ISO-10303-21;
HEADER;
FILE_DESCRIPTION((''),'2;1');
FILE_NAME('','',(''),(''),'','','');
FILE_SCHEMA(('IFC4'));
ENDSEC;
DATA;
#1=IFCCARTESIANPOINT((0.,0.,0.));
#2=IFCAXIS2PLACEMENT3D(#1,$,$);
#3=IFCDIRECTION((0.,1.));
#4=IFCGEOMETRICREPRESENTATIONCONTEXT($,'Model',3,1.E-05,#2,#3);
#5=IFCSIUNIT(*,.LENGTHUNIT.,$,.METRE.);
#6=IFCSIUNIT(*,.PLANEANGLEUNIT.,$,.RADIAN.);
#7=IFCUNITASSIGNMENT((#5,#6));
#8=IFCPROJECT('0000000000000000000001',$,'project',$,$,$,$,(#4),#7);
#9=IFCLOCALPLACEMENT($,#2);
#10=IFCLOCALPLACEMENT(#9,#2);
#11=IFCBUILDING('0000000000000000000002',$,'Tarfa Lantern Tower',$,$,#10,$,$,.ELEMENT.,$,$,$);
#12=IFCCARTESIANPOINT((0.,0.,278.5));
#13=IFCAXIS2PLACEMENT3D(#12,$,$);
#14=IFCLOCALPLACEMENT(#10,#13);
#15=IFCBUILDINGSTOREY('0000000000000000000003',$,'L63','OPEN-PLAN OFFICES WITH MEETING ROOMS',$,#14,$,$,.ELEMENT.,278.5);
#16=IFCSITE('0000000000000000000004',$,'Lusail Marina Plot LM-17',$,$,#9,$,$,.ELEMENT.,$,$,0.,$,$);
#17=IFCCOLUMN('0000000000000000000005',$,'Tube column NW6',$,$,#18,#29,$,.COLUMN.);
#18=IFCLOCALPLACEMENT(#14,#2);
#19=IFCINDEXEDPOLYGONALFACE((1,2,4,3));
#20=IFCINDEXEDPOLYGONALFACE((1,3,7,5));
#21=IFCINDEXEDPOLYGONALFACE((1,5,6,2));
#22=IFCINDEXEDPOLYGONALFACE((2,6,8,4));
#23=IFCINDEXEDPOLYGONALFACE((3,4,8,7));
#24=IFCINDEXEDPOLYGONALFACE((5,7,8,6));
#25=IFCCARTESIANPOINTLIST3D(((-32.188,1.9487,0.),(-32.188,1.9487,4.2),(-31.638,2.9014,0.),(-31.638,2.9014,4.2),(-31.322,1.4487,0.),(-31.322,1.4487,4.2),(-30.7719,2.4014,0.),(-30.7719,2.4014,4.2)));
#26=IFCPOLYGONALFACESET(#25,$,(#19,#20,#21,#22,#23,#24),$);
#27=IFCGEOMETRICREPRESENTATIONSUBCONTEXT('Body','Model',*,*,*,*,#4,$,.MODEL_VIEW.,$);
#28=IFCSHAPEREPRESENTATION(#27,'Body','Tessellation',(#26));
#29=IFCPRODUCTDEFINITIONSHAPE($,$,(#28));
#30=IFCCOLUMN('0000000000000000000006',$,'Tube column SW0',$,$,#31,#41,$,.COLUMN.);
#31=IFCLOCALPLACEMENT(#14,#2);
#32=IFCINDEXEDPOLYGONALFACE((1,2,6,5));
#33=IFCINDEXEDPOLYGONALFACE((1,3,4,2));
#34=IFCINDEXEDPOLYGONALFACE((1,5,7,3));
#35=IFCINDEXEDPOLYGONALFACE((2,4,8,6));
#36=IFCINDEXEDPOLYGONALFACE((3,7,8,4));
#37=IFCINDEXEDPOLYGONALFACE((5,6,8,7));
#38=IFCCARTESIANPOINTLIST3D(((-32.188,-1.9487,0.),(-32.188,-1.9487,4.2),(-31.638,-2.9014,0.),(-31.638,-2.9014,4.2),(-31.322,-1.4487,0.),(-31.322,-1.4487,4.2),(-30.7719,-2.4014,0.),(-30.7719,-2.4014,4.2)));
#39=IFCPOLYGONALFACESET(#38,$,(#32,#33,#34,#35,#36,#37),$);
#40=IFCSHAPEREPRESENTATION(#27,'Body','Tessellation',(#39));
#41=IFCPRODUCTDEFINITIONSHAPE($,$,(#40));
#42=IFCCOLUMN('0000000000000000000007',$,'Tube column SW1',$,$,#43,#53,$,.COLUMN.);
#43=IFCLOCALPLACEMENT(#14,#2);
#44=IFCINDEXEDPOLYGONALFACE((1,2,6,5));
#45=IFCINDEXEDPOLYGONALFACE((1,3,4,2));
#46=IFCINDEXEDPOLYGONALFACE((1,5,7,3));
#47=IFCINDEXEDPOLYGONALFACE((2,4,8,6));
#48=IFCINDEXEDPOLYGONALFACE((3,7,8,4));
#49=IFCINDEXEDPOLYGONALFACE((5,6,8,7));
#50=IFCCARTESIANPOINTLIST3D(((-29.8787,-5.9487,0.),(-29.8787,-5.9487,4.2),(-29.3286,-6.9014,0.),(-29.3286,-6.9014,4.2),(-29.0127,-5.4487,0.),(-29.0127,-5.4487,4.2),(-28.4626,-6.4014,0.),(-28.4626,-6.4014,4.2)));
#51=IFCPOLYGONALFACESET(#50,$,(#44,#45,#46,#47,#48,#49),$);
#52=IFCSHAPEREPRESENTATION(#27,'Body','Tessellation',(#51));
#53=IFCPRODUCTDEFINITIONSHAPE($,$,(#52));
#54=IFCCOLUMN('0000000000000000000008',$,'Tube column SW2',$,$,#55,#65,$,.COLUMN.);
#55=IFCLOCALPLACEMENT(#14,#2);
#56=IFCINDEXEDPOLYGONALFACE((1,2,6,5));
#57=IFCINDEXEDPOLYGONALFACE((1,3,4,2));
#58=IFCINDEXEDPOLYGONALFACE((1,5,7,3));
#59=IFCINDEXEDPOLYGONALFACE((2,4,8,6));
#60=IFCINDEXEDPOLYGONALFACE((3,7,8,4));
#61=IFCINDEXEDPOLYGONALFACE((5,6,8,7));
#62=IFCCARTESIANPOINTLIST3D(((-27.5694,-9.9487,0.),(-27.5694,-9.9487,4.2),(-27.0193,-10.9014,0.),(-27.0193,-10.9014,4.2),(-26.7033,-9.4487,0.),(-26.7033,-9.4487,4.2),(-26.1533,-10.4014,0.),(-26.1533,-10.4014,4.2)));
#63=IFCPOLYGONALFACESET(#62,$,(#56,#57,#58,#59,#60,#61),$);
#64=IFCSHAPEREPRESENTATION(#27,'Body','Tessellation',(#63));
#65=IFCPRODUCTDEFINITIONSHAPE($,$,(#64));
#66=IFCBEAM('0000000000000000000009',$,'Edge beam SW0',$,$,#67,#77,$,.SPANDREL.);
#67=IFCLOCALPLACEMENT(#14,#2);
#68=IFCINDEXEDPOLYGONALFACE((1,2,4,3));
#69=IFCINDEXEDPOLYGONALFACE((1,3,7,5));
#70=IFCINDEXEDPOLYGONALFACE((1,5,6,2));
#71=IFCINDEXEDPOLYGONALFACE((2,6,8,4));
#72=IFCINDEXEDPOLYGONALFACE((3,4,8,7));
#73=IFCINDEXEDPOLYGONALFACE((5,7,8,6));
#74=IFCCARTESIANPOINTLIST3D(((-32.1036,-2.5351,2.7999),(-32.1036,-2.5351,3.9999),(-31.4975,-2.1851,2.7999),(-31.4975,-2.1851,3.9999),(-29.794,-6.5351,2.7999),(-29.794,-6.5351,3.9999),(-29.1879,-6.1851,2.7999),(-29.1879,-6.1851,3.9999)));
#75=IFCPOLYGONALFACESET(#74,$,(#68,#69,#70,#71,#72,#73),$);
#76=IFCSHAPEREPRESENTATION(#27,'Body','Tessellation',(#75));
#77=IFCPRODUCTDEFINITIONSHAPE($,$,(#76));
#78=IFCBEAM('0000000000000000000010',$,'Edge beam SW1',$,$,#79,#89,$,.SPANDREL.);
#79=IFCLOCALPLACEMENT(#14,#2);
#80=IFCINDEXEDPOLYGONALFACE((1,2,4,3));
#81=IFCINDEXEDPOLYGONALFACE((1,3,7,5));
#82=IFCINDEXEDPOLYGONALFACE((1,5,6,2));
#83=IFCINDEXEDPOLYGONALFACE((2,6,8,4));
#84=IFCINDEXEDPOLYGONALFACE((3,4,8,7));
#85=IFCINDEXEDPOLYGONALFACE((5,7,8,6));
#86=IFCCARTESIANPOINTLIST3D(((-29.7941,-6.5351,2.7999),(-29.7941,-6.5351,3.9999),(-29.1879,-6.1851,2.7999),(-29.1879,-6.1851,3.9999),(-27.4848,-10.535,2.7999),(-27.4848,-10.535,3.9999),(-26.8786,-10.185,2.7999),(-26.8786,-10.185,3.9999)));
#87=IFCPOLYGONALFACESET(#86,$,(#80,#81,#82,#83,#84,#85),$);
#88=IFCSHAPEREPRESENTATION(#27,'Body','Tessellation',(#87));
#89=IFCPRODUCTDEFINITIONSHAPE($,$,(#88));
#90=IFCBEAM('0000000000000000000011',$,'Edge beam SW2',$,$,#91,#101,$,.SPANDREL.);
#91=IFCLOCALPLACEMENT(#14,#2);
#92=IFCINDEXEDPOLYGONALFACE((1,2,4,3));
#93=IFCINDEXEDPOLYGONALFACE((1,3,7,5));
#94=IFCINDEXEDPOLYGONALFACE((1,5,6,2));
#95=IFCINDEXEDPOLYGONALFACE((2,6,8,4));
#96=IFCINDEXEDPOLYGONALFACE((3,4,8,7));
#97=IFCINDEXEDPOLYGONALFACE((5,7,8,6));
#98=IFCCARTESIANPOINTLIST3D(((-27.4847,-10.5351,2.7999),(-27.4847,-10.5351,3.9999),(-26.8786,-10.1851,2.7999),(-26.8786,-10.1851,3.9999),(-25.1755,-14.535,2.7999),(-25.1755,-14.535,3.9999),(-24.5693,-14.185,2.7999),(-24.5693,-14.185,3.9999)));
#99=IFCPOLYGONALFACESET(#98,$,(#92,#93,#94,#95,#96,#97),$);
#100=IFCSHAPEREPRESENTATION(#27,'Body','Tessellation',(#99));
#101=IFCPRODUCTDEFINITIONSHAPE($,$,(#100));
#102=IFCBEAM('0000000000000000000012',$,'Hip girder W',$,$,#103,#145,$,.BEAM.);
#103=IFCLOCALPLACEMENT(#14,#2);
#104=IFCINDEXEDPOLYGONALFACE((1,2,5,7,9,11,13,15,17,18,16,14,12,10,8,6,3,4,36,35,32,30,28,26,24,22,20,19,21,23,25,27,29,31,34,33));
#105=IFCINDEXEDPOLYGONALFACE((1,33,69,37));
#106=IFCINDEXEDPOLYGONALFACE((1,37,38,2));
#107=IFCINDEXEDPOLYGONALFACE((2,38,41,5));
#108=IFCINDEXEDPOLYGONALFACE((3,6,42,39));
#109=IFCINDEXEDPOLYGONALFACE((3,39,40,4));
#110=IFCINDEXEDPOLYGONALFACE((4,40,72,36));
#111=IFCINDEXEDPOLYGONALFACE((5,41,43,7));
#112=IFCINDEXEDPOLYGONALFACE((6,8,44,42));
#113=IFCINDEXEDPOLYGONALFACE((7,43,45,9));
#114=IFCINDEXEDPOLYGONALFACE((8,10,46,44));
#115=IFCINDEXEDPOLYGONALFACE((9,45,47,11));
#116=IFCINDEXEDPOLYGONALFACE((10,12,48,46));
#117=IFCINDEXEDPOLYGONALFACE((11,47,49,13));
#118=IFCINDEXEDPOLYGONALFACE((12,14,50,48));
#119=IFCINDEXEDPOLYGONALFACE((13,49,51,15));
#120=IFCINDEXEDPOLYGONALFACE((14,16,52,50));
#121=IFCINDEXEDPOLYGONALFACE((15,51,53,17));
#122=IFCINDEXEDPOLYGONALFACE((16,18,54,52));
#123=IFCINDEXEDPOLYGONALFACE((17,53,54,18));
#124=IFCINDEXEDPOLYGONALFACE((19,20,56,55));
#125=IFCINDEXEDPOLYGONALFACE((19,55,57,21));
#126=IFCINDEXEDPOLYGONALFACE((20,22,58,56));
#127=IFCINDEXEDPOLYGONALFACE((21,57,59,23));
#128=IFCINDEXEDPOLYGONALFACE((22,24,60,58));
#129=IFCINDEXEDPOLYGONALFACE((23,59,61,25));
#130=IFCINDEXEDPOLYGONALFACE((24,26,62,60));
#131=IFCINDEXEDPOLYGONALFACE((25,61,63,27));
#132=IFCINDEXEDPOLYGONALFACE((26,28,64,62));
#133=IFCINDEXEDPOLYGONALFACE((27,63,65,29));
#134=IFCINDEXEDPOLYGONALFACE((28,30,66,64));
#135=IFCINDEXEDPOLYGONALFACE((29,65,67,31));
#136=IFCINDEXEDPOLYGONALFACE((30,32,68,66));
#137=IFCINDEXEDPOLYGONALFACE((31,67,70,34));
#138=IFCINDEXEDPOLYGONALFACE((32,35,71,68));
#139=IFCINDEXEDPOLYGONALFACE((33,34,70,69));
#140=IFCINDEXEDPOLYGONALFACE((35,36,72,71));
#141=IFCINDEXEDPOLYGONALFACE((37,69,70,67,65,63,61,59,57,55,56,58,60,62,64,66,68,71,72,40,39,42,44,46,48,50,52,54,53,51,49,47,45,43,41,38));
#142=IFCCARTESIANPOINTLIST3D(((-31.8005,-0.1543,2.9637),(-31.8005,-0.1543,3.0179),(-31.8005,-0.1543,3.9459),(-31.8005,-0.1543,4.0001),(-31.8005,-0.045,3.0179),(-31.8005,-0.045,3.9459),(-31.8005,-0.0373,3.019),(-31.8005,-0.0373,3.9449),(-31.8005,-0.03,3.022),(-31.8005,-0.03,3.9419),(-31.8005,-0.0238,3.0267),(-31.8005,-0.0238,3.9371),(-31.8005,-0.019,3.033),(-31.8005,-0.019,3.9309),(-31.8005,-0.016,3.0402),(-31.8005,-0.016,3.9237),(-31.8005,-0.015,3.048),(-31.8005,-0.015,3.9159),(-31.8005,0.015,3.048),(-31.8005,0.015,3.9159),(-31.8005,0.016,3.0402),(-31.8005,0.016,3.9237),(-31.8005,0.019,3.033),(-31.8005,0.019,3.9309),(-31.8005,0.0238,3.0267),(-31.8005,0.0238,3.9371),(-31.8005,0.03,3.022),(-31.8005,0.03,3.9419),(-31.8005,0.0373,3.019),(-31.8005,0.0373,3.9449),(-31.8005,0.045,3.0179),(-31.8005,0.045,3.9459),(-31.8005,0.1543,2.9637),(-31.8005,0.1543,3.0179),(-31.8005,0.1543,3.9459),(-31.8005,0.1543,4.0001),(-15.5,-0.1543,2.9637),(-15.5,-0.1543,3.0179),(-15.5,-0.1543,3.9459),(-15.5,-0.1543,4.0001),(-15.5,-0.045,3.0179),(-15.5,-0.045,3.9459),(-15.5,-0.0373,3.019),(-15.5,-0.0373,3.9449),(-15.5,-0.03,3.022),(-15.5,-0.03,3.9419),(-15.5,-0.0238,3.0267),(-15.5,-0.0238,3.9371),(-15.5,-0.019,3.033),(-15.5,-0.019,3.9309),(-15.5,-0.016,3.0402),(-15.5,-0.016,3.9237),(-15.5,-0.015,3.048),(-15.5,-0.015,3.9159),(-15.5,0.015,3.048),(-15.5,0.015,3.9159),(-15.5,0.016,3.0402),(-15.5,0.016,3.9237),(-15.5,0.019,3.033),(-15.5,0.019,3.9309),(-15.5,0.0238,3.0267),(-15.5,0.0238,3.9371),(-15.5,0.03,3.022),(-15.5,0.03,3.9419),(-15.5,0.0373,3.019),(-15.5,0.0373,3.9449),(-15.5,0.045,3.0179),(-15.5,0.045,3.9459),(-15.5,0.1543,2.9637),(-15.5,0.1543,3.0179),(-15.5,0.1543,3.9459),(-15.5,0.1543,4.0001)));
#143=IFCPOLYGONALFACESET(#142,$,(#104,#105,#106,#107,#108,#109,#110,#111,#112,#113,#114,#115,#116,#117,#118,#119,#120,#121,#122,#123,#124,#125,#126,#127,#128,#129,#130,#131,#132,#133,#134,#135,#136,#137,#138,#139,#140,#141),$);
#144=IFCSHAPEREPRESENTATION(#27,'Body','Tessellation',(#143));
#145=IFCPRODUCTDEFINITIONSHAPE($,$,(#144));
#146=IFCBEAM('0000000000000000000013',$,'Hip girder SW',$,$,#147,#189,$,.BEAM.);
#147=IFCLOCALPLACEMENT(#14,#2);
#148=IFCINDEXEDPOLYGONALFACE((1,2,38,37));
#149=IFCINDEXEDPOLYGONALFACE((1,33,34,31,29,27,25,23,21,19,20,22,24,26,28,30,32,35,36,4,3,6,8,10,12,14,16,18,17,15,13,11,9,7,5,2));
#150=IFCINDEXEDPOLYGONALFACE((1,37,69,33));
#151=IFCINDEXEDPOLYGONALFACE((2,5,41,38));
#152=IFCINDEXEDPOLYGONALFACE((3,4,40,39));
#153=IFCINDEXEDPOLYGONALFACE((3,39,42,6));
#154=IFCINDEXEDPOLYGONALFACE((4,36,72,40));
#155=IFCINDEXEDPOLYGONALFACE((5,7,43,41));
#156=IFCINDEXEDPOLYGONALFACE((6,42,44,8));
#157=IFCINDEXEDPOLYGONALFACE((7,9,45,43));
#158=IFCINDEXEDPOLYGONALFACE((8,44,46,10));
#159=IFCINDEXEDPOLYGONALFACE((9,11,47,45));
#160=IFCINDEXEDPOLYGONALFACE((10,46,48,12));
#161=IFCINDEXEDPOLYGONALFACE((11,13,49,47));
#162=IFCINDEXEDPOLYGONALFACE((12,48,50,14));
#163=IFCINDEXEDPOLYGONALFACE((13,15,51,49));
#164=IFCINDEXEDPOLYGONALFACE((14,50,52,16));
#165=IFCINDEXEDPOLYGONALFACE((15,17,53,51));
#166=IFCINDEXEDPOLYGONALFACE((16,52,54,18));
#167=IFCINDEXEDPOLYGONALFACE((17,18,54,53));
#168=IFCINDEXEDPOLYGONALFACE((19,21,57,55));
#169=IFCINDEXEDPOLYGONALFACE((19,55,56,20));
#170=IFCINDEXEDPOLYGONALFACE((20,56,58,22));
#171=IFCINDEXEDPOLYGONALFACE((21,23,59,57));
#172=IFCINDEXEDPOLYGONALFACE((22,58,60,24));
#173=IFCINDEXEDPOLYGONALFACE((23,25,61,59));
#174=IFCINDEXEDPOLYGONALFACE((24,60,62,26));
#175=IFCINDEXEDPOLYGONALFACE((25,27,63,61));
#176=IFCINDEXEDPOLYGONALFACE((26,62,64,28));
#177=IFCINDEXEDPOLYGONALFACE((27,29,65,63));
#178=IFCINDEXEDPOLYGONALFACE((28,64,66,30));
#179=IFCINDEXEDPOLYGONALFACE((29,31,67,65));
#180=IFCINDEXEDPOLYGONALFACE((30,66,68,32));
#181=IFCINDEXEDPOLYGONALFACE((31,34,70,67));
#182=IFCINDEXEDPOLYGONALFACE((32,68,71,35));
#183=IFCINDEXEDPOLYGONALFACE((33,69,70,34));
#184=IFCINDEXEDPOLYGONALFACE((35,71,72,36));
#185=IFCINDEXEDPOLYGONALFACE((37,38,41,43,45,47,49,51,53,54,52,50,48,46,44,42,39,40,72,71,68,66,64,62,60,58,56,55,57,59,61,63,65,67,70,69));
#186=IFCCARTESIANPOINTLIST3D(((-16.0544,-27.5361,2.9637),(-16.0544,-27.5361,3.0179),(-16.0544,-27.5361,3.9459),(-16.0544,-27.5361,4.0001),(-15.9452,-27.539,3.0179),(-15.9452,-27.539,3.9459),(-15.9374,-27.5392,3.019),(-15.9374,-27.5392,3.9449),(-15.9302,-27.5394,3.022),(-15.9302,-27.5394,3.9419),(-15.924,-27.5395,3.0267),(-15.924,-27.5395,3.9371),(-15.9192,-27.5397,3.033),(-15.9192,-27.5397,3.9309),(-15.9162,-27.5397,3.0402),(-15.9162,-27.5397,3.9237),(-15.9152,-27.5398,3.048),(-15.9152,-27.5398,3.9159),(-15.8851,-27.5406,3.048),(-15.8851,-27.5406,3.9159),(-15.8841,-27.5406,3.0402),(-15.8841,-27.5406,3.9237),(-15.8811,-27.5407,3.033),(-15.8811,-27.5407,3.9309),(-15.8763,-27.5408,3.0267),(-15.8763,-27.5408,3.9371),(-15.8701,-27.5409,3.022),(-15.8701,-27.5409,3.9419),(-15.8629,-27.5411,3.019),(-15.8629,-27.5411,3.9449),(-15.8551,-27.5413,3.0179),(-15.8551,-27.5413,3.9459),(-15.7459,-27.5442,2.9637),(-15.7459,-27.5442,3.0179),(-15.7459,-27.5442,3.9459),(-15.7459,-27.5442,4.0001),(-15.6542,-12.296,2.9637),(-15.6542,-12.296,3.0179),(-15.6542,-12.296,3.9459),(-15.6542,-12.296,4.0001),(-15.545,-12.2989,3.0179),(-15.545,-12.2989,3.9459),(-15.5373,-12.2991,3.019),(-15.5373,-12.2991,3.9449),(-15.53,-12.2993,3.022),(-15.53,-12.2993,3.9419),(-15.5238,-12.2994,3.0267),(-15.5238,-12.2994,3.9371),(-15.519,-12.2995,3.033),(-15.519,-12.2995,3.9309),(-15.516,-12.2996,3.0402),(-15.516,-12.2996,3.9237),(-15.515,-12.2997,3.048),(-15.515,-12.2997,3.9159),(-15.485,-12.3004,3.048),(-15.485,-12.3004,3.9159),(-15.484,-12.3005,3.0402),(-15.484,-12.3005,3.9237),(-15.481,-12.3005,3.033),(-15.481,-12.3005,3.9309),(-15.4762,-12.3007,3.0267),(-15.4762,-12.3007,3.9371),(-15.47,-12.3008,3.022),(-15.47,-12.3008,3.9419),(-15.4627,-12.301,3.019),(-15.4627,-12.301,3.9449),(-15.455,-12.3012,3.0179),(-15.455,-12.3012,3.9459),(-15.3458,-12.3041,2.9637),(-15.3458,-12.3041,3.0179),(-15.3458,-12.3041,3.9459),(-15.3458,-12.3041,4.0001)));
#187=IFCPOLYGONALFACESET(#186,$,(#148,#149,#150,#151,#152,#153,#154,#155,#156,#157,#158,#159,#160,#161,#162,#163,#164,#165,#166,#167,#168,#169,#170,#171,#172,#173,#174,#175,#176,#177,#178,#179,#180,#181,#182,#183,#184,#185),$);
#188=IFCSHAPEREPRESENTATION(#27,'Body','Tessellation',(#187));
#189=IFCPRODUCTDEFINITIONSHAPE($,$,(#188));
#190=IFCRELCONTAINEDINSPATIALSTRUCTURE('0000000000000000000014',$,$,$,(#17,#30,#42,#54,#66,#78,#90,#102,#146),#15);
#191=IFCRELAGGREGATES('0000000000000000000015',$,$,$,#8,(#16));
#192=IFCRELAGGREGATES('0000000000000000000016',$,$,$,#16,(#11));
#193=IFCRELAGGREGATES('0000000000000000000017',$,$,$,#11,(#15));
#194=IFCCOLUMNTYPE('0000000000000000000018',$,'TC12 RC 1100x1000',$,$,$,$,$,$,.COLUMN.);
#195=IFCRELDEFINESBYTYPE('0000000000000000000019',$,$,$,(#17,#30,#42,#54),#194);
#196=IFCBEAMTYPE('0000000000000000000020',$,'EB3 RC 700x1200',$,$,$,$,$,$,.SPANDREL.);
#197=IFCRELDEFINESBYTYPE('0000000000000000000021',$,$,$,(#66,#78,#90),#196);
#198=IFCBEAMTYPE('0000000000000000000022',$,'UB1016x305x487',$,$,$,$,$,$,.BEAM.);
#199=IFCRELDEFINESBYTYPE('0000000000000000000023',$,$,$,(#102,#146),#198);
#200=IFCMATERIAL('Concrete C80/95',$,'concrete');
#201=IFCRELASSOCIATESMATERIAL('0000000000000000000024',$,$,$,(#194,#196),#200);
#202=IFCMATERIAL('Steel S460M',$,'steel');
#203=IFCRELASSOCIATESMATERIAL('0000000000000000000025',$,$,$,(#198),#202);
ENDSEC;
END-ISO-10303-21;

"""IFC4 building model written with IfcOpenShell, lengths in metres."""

from ifc_helpers import new_model, si_unit, direction, frame, origin, origin_2d, place, context, subcontext, project, spatial, rectangle, i_section, extrude, material, material_profile, profile_set, type_object, element, save


model = new_model("IFC4")

# Units and contexts
model_context = context("Model", 3, precision=1e-05, world=origin(), true_north=direction((0.0, 1.0)))
body_context = subcontext(model_context, "Body", "Model", "MODEL_VIEW")
ifc_project = project(units=[si_unit("LENGTHUNIT", "METRE"), si_unit("PLANEANGLEUNIT", "RADIAN")], contexts=[model_context])

# Site, building, storey
site_placement = place(None, origin())
site = spatial("IfcSite", under=ifc_project, at=site_placement, Name="Lusail Marina Plot LM-17", CompositionType="ELEMENT", RefElevation=0.0)
building_placement = place(site_placement, origin())
building = spatial("IfcBuilding", under=site, at=building_placement, Name="Tarfa Lantern Tower", CompositionType="ELEMENT")
storey_placement = place(building_placement, frame((0.0, 0.0, 278.5)))
storey = spatial("IfcBuildingStorey", under=building, at=storey_placement, Name="L63", Description="OPEN-PLAN OFFICES WITH MEETING ROOMS", CompositionType="ELEMENT", Elevation=278.5)

# Columns
ifc_material_1 = material(Name="Concrete C80/95", Category="concrete")
ifc_material_profile_1 = material_profile(ifc_material_1, rectangle(XDim=1.1001, YDim=1.0, at=origin_2d()), Name="RC 1100x1000")
ifc_profile_set_1 = profile_set([ifc_material_profile_1], Name="Concrete C80/95")
column_type = type_object("IfcColumnType", Name="TC12 RC 1100x1000", PredefinedType="COLUMN", material=ifc_profile_set_1)
for number, where, z_axis, x_axis, name in (
    (1, (-31.48, 2.175, 0.0), (0.0, 0.0, 1.0), (-0.5, -0.866025, 0.0), "Tube column NW6"),
    (2, (-31.48, -2.175, 0.0), (0.0, 0.0, 1.0), (0.5, -0.866025, 0.0), "Tube column SW0"),
    (3, (-29.1707, -6.175, 0.0), (0.0, 0.0, 1.0), (0.5, -0.866025, 0.0), "Tube column SW1"),
    (4, (-26.8613, -10.175, 0.0), (0.0, 0.0, 1.0), (0.5, -0.866025, 0.0), "Tube column SW2"),
):
    element("IfcColumn", number, at=place(storey_placement, frame(where, z_axis=z_axis, x_axis=x_axis)), inside=storey, type_object=column_type, Name=name, PredefinedType="COLUMN", context=body_context, shape_type="SweptSolid", body=[
        extrude(rectangle(XDim=1.1001, YDim=1.0, at=origin_2d()), origin(), (0.0, 0.0, 1.0), 4.2),
    ])

# Beams
ifc_material_profile_2 = material_profile(ifc_material_1, rectangle(XDim=0.7, YDim=1.2, at=origin_2d()), Name="RC 700x1200")
ifc_profile_set_2 = profile_set([ifc_material_profile_2], Name="Concrete C80/95")
beam_type_1 = type_object("IfcBeamType", Name="EB3 RC 700x1200", PredefinedType="SPANDREL", material=ifc_profile_set_2)
beam_1_placement = place(storey_placement, frame((-31.8005, -2.3601, 3.3999), z_axis=(0.500027, -0.86601, 0.0), x_axis=(0.86601, 0.500027, 0.0)))
element("IfcBeam", 5, at=beam_1_placement, inside=storey, type_object=beam_type_1, Name="Edge beam SW0", PredefinedType="SPANDREL", context=body_context, shape_type="SweptSolid", body=[
    extrude(rectangle(XDim=0.7, YDim=1.2, at=origin_2d()), origin(), (0.0, 0.0, 1.0), 4.6189),
])
for number, where, z_axis, x_axis, name in (
    (6, (-29.491, -6.3601, 3.3999), (0.499988, -0.866032, 0.0), (0.866032, 0.499988, 0.0), "Edge beam SW1"),
    (7, (-27.1816, -10.3601, 3.3999), (0.499988, -0.866032, 0.0), (0.866032, 0.499988, 0.0), "Edge beam SW2"),
):
    element("IfcBeam", number, at=place(storey_placement, frame(where, z_axis=z_axis, x_axis=x_axis)), inside=storey, type_object=beam_type_1, Name=name, PredefinedType="SPANDREL", context=body_context, shape_type="SweptSolid", body=[
        extrude(rectangle(XDim=0.7, YDim=1.2, at=origin_2d()), origin(), (0.0, 0.0, 1.0), 4.6187),
    ])
ifc_material_2 = material(Name="Steel S460M", Category="steel")
ifc_material_profile_3 = material_profile(ifc_material_2, i_section(OverallWidth=0.3086, OverallDepth=1.0364, WebThickness=0.03, FlangeThickness=0.0542, FilletRadius=0.03, at=origin_2d()), Name="UB1016x305x487")
ifc_profile_set_3 = profile_set([ifc_material_profile_3], Name="Steel S460M")
beam_type_2 = type_object("IfcBeamType", Name="UB1016x305x487", PredefinedType="BEAM", material=ifc_profile_set_3)
beam_2_placement = place(storey_placement, frame((-15.5, 0.0, 3.4819), z_axis=(-1.0, 0.0, 0.0), x_axis=(0.0, -1.0, 0.0)))
element("IfcBeam", 8, at=beam_2_placement, inside=storey, type_object=beam_type_2, Name="Hip girder W", PredefinedType="BEAM", context=body_context, shape_type="SweptSolid", body=[
    extrude(i_section(OverallWidth=0.3086, OverallDepth=1.0364, WebThickness=0.03, FlangeThickness=0.0542, FilletRadius=0.03, at=origin_2d()), origin(), (0.0, 0.0, 1.0), 16.3005),
])
beam_3_placement = place(storey_placement, frame((-15.5, -12.3, 3.4819), z_axis=(-0.026247, -0.999655, 0.0), x_axis=(0.999655, -0.026247, 0.0)))
element("IfcBeam", 9, at=beam_3_placement, inside=storey, type_object=beam_type_2, Name="Hip girder SW", PredefinedType="BEAM", context=body_context, shape_type="SweptSolid", body=[
    extrude(i_section(OverallWidth=0.3086, OverallDepth=1.0364, WebThickness=0.03, FlangeThickness=0.0542, FilletRadius=0.03, at=origin_2d()), origin(), (0.0, 0.0, 1.0), 15.2454),
])

save(model, "model.ifc")
